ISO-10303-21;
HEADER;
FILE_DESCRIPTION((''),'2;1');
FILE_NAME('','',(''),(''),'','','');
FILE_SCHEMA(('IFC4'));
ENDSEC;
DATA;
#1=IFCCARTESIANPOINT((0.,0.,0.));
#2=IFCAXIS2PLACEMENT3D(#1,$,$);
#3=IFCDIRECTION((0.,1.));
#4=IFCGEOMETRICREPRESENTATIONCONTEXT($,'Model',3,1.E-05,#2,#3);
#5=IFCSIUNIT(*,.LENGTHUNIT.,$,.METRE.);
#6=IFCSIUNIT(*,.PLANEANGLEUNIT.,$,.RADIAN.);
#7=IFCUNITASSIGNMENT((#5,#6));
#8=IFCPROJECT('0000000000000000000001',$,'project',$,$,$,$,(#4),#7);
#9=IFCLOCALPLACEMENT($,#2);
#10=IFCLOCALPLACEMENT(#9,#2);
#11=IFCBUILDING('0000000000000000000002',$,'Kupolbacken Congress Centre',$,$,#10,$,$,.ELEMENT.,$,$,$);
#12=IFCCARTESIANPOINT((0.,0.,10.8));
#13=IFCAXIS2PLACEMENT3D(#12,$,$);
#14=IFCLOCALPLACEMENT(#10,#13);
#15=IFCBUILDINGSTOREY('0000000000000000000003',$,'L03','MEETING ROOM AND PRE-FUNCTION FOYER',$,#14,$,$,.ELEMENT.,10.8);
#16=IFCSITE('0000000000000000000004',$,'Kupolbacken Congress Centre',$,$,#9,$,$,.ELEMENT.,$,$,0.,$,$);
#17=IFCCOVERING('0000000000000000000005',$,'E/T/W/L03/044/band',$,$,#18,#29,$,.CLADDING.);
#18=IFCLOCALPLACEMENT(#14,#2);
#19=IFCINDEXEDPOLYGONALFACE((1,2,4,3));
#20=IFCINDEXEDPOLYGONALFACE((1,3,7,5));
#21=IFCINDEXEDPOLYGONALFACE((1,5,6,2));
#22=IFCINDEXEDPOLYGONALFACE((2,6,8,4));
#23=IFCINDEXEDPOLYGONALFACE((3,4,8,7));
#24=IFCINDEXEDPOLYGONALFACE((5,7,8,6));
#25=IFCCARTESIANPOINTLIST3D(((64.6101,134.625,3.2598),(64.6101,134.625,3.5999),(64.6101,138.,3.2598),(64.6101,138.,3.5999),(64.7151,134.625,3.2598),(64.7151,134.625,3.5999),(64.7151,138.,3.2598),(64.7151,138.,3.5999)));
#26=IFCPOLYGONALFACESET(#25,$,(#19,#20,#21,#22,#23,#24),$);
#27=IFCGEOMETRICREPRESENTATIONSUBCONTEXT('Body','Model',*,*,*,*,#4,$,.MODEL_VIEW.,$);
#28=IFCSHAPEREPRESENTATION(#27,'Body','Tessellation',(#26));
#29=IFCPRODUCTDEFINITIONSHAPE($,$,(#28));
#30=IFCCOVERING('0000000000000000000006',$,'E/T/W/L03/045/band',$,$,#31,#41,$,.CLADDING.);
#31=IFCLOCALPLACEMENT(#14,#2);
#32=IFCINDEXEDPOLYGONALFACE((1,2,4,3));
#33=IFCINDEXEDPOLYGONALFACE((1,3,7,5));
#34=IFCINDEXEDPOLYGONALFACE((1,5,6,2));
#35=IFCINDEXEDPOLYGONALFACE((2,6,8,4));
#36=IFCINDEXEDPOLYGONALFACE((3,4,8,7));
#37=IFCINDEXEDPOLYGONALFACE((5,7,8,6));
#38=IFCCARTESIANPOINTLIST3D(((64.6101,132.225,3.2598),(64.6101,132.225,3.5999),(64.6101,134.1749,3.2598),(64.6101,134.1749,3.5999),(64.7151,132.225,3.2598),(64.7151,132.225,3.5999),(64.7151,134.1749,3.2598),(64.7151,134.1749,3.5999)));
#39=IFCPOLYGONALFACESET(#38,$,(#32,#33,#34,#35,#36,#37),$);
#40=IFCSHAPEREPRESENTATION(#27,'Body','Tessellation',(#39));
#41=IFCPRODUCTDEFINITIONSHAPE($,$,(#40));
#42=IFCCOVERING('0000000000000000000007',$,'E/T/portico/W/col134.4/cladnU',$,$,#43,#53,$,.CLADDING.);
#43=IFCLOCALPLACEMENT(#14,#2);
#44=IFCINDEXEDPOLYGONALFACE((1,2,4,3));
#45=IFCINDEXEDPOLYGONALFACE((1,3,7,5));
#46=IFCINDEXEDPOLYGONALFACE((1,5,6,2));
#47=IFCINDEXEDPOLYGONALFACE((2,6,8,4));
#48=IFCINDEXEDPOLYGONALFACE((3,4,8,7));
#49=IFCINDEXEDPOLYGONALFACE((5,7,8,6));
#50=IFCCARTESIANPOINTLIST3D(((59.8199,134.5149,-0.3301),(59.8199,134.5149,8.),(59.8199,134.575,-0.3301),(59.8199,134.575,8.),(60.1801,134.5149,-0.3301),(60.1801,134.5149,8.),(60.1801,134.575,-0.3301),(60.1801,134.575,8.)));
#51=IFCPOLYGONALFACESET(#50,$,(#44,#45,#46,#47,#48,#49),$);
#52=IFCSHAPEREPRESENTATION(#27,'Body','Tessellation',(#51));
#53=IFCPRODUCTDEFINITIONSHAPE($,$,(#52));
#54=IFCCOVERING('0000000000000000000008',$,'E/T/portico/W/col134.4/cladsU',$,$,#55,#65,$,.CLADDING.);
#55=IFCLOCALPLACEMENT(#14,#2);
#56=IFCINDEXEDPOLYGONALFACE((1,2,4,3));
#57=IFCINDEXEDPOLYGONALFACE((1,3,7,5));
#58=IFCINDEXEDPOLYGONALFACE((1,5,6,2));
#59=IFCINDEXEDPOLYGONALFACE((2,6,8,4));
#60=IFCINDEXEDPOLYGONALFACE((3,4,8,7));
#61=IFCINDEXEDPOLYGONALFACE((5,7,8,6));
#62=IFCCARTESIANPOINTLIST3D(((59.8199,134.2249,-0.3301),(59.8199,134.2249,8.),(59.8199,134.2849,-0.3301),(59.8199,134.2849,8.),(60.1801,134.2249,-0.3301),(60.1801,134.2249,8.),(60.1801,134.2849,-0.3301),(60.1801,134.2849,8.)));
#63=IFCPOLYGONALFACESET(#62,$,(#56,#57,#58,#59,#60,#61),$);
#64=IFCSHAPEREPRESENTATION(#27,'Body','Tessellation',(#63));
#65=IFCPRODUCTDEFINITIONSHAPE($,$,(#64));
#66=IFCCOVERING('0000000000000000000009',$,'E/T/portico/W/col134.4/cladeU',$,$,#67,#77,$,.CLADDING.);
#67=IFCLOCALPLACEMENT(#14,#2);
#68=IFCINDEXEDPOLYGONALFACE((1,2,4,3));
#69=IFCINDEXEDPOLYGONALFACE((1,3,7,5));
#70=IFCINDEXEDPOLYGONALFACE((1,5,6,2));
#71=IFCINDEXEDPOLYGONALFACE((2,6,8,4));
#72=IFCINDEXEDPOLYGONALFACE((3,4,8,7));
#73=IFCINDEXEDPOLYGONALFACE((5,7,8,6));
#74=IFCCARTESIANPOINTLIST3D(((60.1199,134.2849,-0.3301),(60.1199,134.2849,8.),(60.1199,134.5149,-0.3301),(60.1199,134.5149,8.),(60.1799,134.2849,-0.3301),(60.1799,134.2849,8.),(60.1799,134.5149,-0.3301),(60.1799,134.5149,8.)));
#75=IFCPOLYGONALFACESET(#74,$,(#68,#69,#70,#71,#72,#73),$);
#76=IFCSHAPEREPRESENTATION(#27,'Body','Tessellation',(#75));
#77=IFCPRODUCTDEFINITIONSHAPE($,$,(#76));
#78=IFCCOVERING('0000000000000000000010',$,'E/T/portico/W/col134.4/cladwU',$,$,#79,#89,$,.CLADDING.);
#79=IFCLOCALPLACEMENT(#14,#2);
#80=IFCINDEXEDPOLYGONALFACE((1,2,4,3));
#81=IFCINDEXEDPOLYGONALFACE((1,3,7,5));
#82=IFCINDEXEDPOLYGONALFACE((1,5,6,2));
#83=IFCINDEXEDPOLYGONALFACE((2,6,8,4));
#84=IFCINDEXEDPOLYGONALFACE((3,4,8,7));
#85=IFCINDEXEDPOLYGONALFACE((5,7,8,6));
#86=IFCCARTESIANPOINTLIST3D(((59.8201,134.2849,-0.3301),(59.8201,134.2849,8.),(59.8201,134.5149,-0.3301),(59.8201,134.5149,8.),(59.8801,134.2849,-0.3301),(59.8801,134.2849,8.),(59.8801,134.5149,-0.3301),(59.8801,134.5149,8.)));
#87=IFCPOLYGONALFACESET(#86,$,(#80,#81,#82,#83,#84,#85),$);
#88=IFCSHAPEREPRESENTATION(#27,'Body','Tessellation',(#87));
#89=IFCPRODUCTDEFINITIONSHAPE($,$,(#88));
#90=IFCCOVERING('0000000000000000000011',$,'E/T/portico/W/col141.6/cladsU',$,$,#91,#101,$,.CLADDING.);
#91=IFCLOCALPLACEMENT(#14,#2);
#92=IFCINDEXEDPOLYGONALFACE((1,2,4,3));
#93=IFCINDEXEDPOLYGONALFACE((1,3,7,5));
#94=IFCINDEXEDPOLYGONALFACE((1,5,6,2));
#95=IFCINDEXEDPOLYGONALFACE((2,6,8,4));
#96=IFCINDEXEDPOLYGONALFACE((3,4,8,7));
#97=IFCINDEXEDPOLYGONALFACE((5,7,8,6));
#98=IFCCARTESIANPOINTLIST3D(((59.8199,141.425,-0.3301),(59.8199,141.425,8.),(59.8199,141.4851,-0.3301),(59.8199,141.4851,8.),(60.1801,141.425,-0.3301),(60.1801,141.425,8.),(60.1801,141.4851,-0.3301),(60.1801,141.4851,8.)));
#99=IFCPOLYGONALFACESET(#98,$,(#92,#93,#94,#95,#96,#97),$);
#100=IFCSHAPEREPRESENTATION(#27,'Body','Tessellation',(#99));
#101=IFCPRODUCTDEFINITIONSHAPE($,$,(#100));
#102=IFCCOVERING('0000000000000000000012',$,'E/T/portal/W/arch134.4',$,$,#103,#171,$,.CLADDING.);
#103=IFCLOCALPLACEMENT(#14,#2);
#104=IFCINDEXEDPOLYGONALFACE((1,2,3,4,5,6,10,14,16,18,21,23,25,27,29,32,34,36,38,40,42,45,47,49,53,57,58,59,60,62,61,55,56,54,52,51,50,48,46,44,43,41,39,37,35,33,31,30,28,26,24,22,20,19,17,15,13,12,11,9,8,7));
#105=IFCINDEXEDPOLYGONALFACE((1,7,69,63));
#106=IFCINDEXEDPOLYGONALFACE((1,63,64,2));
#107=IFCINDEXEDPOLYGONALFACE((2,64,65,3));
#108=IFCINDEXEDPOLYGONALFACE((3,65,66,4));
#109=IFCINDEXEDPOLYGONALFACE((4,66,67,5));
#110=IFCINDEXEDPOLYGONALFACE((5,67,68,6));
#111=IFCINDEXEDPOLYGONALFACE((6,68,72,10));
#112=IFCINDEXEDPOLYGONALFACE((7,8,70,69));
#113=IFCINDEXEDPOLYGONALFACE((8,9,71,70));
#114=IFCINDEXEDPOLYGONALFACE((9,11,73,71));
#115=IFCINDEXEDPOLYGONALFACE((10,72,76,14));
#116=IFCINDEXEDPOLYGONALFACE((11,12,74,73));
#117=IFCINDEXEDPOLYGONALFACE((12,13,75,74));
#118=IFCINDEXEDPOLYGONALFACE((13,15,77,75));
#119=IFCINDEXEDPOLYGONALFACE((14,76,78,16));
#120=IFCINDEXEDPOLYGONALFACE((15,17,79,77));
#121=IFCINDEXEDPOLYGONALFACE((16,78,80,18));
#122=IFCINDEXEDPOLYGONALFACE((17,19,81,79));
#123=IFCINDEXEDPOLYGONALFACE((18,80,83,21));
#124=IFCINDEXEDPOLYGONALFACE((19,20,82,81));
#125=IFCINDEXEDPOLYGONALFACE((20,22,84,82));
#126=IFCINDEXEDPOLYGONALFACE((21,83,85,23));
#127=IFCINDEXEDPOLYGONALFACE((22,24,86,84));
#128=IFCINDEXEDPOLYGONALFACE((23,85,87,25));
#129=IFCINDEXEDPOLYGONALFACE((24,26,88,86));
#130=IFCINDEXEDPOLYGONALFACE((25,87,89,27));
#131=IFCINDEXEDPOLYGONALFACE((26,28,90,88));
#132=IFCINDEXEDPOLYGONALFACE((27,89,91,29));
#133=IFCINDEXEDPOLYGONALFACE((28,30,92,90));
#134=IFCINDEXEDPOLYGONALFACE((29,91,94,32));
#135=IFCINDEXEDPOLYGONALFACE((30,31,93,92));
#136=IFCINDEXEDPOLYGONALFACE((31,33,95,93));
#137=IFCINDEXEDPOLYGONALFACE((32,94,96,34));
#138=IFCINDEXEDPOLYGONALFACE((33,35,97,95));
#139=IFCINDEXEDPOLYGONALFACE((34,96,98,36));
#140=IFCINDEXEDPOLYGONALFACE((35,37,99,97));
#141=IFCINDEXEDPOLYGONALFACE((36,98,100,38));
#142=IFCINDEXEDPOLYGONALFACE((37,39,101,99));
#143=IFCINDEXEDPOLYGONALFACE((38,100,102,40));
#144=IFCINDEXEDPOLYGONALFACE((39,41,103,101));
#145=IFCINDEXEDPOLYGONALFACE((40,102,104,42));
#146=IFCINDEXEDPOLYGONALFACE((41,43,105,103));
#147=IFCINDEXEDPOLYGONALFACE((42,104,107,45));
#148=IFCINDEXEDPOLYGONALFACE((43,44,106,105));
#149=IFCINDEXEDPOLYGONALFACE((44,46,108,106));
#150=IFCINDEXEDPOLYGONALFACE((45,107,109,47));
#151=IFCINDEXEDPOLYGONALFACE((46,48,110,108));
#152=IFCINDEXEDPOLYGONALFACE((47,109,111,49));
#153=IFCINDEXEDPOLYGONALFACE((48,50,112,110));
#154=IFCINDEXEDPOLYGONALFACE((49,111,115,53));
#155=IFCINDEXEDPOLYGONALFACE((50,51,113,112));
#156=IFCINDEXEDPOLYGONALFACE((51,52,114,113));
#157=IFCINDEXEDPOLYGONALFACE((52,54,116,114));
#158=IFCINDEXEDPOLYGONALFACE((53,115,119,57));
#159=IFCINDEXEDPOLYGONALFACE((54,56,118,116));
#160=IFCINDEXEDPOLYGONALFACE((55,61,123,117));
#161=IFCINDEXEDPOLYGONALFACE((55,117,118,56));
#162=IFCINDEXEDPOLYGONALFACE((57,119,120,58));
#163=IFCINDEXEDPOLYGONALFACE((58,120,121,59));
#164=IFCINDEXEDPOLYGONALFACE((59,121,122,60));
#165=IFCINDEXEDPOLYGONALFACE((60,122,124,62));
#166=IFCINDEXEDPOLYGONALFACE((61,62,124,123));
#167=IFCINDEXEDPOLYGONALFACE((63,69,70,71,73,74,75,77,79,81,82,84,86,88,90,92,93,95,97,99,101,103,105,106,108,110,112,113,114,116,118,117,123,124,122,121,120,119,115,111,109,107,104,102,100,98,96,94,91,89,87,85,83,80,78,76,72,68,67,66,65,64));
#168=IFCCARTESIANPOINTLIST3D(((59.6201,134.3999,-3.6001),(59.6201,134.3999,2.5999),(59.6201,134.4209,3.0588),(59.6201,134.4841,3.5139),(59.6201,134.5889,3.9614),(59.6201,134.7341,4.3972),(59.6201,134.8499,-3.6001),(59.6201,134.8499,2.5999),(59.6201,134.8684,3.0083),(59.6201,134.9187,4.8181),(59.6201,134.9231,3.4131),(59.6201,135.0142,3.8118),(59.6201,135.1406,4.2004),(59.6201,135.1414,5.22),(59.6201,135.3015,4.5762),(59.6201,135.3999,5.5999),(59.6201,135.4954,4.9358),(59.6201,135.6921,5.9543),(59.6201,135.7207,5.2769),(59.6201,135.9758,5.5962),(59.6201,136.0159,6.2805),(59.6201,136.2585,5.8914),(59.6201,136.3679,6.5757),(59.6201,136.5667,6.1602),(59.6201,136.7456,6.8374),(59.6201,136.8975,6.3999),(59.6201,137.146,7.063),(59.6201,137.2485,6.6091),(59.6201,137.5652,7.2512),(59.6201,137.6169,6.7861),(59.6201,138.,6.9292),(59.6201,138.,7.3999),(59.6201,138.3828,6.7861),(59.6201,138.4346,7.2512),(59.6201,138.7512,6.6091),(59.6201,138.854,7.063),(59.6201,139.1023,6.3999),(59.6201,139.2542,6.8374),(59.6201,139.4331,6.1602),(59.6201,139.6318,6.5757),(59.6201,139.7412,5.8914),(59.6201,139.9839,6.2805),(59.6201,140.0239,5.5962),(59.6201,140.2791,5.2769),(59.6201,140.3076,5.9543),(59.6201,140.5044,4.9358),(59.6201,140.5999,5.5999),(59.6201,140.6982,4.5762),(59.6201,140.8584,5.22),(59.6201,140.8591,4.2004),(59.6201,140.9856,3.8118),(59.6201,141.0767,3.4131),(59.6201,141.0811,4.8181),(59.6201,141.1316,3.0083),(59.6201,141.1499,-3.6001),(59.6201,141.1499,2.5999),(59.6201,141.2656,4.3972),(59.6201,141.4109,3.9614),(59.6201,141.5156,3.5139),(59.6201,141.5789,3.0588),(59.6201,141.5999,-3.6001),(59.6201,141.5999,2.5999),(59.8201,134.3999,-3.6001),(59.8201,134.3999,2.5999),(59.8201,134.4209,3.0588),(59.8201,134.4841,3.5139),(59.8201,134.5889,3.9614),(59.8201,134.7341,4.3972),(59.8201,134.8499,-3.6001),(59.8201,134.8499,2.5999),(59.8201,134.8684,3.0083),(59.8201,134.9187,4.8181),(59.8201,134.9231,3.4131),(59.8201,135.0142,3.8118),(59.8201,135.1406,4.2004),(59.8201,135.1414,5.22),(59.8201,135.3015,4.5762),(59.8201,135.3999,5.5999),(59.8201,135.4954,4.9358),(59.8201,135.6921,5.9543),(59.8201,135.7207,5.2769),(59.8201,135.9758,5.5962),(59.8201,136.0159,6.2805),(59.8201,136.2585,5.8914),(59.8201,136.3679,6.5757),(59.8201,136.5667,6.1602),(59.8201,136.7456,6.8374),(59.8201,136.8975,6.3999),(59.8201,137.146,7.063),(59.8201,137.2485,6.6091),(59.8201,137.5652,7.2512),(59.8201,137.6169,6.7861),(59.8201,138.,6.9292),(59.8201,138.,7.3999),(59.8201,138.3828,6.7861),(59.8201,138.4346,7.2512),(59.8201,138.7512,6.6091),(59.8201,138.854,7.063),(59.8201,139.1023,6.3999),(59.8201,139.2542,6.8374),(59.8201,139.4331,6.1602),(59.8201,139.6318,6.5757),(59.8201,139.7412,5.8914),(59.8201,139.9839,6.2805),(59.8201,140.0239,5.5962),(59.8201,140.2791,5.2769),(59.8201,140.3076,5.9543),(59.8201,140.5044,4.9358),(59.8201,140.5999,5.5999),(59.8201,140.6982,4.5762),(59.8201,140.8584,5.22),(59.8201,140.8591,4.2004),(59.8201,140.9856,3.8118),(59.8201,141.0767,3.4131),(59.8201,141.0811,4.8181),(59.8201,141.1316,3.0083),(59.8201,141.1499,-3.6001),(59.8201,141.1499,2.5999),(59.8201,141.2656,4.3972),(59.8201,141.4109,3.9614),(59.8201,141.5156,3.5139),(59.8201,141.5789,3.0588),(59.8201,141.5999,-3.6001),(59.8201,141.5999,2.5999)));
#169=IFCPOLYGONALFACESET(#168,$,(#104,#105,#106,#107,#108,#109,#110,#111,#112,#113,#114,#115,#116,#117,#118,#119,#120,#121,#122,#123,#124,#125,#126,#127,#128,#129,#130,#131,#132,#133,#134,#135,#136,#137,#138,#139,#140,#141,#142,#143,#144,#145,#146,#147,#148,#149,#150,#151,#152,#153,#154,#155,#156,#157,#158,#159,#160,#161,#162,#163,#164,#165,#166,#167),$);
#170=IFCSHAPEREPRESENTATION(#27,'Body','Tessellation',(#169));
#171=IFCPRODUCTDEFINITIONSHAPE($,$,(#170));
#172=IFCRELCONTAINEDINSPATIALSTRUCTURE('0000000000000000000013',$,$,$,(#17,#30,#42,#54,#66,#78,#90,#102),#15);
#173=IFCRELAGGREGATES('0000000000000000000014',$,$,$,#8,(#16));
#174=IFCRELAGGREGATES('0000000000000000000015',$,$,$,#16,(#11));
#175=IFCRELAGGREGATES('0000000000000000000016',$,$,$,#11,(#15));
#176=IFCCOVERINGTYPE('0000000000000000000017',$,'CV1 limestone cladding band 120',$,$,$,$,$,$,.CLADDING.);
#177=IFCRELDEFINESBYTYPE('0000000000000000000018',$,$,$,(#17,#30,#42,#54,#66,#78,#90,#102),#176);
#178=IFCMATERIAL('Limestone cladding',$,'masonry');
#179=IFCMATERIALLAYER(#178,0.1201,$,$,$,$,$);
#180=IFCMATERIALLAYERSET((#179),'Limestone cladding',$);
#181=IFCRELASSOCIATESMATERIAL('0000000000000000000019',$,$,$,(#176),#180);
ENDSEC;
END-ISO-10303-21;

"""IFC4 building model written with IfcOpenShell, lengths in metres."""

from ifc_helpers import new_model, si_unit, direction, frame, origin, origin_2d, place, context, subcontext, project, spatial, polyline, rectangle, outline, extrude, material, layer, layer_set, type_object, element, save


model = new_model("IFC4")

# Units and contexts
model_context = context("Model", 3, precision=1e-05, world=origin(), true_north=direction((0.0, 1.0)))
body_context = subcontext(model_context, "Body", "Model", "MODEL_VIEW")
ifc_project = project(units=[si_unit("LENGTHUNIT", "METRE"), si_unit("PLANEANGLEUNIT", "RADIAN")], contexts=[model_context])

# Site, building, storey
site_placement = place(None, origin())
site = spatial("IfcSite", under=ifc_project, at=site_placement, Name="Kupolbacken Congress Centre", CompositionType="ELEMENT", RefElevation=0.0)
building_placement = place(site_placement, origin())
building = spatial("IfcBuilding", under=site, at=building_placement, Name="Kupolbacken Congress Centre", CompositionType="ELEMENT")
storey_placement = place(building_placement, frame((0.0, 0.0, 10.8)))
storey = spatial("IfcBuildingStorey", under=building, at=storey_placement, Name="L03", Description="MEETING ROOM AND PRE-FUNCTION FOYER", CompositionType="ELEMENT", Elevation=10.8)

# Coverings
ifc_material_1 = material(Name="Limestone cladding", Category="masonry")
ifc_layer_1 = layer(ifc_material_1, 0.1201)
ifc_layer_set_1 = layer_set([ifc_layer_1], Name="Limestone cladding")
covering_type = type_object("IfcCoveringType", Name="CV1 limestone cladding band 120", PredefinedType="CLADDING", material=ifc_layer_set_1)
covering_1_placement = place(storey_placement, frame((64.6626, 136.3125, 3.2598), z_axis=(0.0, 0.0, 1.0), x_axis=(0.0, -1.0, 0.0)))
element("IfcCovering", 1, at=covering_1_placement, inside=storey, type_object=covering_type, Name="E/T/W/L03/044/band", PredefinedType="CLADDING", context=body_context, shape_type="SweptSolid", body=[
    extrude(rectangle(XDim=3.375, YDim=0.105, at=origin_2d()), origin(), (0.0, 0.0, 1.0), 0.3401),
])
covering_2_placement = place(storey_placement, frame((64.6626, 133.2, 3.2598), z_axis=(0.0, 0.0, 1.0), x_axis=(0.0, -1.0, 0.0)))
element("IfcCovering", 2, at=covering_2_placement, inside=storey, type_object=covering_type, Name="E/T/W/L03/045/band", PredefinedType="CLADDING", context=body_context, shape_type="SweptSolid", body=[
    extrude(rectangle(XDim=1.95, YDim=0.105, at=origin_2d()), origin(), (0.0, 0.0, 1.0), 0.3401),
])
for number, where, z_axis, x_axis, name in (
    (3, (60.0, 134.5449, -0.3301), (0.0, 0.0, 1.0), (1.0, 0.0, 0.0), "E/T/portico/W/col134.4/cladnU"),
    (4, (60.0, 134.2549, -0.3301), (0.0, 0.0, 1.0), (1.0, 0.0, 0.0), "E/T/portico/W/col134.4/cladsU"),
):
    element("IfcCovering", number, at=place(storey_placement, frame(where, z_axis=z_axis, x_axis=x_axis)), inside=storey, type_object=covering_type, Name=name, PredefinedType="CLADDING", context=body_context, shape_type="SweptSolid", body=[
        extrude(rectangle(XDim=0.3601, YDim=0.0601, at=origin_2d()), origin(), (0.0, 0.0, 1.0), 8.3301),
    ])
for number, where, z_axis, x_axis, name in (
    (5, (60.1499, 134.3999, -0.3301), (0.0, 0.0, 1.0), (1.0, 0.0, 0.0), "E/T/portico/W/col134.4/cladeU"),
    (6, (59.8501, 134.3999, -0.3301), (0.0, 0.0, 1.0), (1.0, 0.0, 0.0), "E/T/portico/W/col134.4/cladwU"),
):
    element("IfcCovering", number, at=place(storey_placement, frame(where, z_axis=z_axis, x_axis=x_axis)), inside=storey, type_object=covering_type, Name=name, PredefinedType="CLADDING", context=body_context, shape_type="SweptSolid", body=[
        extrude(rectangle(XDim=0.0601, YDim=0.23, at=origin_2d()), origin(), (0.0, 0.0, 1.0), 8.3301),
    ])
covering_3_placement = place(storey_placement, frame((60.0, 141.4551, -0.3301), z_axis=(0.0, 0.0, 1.0), x_axis=(1.0, 0.0, 0.0)))
element("IfcCovering", 7, at=covering_3_placement, inside=storey, type_object=covering_type, Name="E/T/portico/W/col141.6/cladsU", PredefinedType="CLADDING", context=body_context, shape_type="SweptSolid", body=[
    extrude(rectangle(XDim=0.3601, YDim=0.0601, at=origin_2d()), origin(), (0.0, 0.0, 1.0), 8.3301),
])
covering_4_placement = place(storey_placement, frame((59.8201, 134.3999, -3.6001), z_axis=(-1.0, 0.0, 0.0), x_axis=(0.0, -1.0, 0.0)))
element("IfcCovering", 8, at=covering_4_placement, inside=storey, type_object=covering_type, Name="E/T/portal/W/arch134.4", PredefinedType="CLADDING", context=body_context, shape_type="SweptSolid", body=[
    extrude(outline(polyline([(0.0, 0.0), (0.0, 6.2), (-0.021, 6.6589), (-0.0842, 7.114), (-0.189, 7.5615), (-0.3342, 7.9973), (-0.5188, 8.4182), (-0.7415, 8.8201), (-1.0, 9.2), (-1.2922, 9.5544), (-1.616, 9.8806), (-1.968, 10.1758), (-2.3457, 10.4375), (-2.7461, 10.6631), (-3.1653, 10.8513), (-3.6001, 11.0), (-4.0347, 10.8513), (-4.4541, 10.6631), (-4.8542, 10.4375), (-5.2319, 10.1758), (-5.584, 9.8806), (-5.9077, 9.5544), (-6.2, 9.2), (-6.4585, 8.8201), (-6.6812, 8.4182), (-6.8657, 7.9973), (-7.011, 7.5615), (-7.1157, 7.114), (-7.179, 6.6589), (-7.2, 6.2), (-7.2, 0.0), (-6.75, 0.0), (-6.75, 6.2), (-6.7317, 6.6084), (-6.6768, 7.0132), (-6.5857, 7.4119), (-6.4592, 7.8005), (-6.2983, 8.1763), (-6.1045, 8.5359), (-5.8792, 8.877), (-5.624, 9.1963), (-5.3413, 9.4915), (-5.0332, 9.7603), (-4.7024, 10.0), (-4.3513, 10.2092), (-3.9829, 10.3862), (-3.6001, 10.5293), (-3.217, 10.3862), (-2.8486, 10.2092), (-2.4976, 10.0), (-2.1667, 9.7603), (-1.8586, 9.4915), (-1.5759, 9.1963), (-1.3208, 8.877), (-1.0955, 8.5359), (-0.9016, 8.1763), (-0.7407, 7.8005), (-0.6143, 7.4119), (-0.5232, 7.0132), (-0.4685, 6.6084), (-0.45, 6.2), (-0.45, 0.0), (0.0, 0.0)])), origin(), (0.0, 0.0, 1.0), 0.2),
])

save(model, "model.ifc")
